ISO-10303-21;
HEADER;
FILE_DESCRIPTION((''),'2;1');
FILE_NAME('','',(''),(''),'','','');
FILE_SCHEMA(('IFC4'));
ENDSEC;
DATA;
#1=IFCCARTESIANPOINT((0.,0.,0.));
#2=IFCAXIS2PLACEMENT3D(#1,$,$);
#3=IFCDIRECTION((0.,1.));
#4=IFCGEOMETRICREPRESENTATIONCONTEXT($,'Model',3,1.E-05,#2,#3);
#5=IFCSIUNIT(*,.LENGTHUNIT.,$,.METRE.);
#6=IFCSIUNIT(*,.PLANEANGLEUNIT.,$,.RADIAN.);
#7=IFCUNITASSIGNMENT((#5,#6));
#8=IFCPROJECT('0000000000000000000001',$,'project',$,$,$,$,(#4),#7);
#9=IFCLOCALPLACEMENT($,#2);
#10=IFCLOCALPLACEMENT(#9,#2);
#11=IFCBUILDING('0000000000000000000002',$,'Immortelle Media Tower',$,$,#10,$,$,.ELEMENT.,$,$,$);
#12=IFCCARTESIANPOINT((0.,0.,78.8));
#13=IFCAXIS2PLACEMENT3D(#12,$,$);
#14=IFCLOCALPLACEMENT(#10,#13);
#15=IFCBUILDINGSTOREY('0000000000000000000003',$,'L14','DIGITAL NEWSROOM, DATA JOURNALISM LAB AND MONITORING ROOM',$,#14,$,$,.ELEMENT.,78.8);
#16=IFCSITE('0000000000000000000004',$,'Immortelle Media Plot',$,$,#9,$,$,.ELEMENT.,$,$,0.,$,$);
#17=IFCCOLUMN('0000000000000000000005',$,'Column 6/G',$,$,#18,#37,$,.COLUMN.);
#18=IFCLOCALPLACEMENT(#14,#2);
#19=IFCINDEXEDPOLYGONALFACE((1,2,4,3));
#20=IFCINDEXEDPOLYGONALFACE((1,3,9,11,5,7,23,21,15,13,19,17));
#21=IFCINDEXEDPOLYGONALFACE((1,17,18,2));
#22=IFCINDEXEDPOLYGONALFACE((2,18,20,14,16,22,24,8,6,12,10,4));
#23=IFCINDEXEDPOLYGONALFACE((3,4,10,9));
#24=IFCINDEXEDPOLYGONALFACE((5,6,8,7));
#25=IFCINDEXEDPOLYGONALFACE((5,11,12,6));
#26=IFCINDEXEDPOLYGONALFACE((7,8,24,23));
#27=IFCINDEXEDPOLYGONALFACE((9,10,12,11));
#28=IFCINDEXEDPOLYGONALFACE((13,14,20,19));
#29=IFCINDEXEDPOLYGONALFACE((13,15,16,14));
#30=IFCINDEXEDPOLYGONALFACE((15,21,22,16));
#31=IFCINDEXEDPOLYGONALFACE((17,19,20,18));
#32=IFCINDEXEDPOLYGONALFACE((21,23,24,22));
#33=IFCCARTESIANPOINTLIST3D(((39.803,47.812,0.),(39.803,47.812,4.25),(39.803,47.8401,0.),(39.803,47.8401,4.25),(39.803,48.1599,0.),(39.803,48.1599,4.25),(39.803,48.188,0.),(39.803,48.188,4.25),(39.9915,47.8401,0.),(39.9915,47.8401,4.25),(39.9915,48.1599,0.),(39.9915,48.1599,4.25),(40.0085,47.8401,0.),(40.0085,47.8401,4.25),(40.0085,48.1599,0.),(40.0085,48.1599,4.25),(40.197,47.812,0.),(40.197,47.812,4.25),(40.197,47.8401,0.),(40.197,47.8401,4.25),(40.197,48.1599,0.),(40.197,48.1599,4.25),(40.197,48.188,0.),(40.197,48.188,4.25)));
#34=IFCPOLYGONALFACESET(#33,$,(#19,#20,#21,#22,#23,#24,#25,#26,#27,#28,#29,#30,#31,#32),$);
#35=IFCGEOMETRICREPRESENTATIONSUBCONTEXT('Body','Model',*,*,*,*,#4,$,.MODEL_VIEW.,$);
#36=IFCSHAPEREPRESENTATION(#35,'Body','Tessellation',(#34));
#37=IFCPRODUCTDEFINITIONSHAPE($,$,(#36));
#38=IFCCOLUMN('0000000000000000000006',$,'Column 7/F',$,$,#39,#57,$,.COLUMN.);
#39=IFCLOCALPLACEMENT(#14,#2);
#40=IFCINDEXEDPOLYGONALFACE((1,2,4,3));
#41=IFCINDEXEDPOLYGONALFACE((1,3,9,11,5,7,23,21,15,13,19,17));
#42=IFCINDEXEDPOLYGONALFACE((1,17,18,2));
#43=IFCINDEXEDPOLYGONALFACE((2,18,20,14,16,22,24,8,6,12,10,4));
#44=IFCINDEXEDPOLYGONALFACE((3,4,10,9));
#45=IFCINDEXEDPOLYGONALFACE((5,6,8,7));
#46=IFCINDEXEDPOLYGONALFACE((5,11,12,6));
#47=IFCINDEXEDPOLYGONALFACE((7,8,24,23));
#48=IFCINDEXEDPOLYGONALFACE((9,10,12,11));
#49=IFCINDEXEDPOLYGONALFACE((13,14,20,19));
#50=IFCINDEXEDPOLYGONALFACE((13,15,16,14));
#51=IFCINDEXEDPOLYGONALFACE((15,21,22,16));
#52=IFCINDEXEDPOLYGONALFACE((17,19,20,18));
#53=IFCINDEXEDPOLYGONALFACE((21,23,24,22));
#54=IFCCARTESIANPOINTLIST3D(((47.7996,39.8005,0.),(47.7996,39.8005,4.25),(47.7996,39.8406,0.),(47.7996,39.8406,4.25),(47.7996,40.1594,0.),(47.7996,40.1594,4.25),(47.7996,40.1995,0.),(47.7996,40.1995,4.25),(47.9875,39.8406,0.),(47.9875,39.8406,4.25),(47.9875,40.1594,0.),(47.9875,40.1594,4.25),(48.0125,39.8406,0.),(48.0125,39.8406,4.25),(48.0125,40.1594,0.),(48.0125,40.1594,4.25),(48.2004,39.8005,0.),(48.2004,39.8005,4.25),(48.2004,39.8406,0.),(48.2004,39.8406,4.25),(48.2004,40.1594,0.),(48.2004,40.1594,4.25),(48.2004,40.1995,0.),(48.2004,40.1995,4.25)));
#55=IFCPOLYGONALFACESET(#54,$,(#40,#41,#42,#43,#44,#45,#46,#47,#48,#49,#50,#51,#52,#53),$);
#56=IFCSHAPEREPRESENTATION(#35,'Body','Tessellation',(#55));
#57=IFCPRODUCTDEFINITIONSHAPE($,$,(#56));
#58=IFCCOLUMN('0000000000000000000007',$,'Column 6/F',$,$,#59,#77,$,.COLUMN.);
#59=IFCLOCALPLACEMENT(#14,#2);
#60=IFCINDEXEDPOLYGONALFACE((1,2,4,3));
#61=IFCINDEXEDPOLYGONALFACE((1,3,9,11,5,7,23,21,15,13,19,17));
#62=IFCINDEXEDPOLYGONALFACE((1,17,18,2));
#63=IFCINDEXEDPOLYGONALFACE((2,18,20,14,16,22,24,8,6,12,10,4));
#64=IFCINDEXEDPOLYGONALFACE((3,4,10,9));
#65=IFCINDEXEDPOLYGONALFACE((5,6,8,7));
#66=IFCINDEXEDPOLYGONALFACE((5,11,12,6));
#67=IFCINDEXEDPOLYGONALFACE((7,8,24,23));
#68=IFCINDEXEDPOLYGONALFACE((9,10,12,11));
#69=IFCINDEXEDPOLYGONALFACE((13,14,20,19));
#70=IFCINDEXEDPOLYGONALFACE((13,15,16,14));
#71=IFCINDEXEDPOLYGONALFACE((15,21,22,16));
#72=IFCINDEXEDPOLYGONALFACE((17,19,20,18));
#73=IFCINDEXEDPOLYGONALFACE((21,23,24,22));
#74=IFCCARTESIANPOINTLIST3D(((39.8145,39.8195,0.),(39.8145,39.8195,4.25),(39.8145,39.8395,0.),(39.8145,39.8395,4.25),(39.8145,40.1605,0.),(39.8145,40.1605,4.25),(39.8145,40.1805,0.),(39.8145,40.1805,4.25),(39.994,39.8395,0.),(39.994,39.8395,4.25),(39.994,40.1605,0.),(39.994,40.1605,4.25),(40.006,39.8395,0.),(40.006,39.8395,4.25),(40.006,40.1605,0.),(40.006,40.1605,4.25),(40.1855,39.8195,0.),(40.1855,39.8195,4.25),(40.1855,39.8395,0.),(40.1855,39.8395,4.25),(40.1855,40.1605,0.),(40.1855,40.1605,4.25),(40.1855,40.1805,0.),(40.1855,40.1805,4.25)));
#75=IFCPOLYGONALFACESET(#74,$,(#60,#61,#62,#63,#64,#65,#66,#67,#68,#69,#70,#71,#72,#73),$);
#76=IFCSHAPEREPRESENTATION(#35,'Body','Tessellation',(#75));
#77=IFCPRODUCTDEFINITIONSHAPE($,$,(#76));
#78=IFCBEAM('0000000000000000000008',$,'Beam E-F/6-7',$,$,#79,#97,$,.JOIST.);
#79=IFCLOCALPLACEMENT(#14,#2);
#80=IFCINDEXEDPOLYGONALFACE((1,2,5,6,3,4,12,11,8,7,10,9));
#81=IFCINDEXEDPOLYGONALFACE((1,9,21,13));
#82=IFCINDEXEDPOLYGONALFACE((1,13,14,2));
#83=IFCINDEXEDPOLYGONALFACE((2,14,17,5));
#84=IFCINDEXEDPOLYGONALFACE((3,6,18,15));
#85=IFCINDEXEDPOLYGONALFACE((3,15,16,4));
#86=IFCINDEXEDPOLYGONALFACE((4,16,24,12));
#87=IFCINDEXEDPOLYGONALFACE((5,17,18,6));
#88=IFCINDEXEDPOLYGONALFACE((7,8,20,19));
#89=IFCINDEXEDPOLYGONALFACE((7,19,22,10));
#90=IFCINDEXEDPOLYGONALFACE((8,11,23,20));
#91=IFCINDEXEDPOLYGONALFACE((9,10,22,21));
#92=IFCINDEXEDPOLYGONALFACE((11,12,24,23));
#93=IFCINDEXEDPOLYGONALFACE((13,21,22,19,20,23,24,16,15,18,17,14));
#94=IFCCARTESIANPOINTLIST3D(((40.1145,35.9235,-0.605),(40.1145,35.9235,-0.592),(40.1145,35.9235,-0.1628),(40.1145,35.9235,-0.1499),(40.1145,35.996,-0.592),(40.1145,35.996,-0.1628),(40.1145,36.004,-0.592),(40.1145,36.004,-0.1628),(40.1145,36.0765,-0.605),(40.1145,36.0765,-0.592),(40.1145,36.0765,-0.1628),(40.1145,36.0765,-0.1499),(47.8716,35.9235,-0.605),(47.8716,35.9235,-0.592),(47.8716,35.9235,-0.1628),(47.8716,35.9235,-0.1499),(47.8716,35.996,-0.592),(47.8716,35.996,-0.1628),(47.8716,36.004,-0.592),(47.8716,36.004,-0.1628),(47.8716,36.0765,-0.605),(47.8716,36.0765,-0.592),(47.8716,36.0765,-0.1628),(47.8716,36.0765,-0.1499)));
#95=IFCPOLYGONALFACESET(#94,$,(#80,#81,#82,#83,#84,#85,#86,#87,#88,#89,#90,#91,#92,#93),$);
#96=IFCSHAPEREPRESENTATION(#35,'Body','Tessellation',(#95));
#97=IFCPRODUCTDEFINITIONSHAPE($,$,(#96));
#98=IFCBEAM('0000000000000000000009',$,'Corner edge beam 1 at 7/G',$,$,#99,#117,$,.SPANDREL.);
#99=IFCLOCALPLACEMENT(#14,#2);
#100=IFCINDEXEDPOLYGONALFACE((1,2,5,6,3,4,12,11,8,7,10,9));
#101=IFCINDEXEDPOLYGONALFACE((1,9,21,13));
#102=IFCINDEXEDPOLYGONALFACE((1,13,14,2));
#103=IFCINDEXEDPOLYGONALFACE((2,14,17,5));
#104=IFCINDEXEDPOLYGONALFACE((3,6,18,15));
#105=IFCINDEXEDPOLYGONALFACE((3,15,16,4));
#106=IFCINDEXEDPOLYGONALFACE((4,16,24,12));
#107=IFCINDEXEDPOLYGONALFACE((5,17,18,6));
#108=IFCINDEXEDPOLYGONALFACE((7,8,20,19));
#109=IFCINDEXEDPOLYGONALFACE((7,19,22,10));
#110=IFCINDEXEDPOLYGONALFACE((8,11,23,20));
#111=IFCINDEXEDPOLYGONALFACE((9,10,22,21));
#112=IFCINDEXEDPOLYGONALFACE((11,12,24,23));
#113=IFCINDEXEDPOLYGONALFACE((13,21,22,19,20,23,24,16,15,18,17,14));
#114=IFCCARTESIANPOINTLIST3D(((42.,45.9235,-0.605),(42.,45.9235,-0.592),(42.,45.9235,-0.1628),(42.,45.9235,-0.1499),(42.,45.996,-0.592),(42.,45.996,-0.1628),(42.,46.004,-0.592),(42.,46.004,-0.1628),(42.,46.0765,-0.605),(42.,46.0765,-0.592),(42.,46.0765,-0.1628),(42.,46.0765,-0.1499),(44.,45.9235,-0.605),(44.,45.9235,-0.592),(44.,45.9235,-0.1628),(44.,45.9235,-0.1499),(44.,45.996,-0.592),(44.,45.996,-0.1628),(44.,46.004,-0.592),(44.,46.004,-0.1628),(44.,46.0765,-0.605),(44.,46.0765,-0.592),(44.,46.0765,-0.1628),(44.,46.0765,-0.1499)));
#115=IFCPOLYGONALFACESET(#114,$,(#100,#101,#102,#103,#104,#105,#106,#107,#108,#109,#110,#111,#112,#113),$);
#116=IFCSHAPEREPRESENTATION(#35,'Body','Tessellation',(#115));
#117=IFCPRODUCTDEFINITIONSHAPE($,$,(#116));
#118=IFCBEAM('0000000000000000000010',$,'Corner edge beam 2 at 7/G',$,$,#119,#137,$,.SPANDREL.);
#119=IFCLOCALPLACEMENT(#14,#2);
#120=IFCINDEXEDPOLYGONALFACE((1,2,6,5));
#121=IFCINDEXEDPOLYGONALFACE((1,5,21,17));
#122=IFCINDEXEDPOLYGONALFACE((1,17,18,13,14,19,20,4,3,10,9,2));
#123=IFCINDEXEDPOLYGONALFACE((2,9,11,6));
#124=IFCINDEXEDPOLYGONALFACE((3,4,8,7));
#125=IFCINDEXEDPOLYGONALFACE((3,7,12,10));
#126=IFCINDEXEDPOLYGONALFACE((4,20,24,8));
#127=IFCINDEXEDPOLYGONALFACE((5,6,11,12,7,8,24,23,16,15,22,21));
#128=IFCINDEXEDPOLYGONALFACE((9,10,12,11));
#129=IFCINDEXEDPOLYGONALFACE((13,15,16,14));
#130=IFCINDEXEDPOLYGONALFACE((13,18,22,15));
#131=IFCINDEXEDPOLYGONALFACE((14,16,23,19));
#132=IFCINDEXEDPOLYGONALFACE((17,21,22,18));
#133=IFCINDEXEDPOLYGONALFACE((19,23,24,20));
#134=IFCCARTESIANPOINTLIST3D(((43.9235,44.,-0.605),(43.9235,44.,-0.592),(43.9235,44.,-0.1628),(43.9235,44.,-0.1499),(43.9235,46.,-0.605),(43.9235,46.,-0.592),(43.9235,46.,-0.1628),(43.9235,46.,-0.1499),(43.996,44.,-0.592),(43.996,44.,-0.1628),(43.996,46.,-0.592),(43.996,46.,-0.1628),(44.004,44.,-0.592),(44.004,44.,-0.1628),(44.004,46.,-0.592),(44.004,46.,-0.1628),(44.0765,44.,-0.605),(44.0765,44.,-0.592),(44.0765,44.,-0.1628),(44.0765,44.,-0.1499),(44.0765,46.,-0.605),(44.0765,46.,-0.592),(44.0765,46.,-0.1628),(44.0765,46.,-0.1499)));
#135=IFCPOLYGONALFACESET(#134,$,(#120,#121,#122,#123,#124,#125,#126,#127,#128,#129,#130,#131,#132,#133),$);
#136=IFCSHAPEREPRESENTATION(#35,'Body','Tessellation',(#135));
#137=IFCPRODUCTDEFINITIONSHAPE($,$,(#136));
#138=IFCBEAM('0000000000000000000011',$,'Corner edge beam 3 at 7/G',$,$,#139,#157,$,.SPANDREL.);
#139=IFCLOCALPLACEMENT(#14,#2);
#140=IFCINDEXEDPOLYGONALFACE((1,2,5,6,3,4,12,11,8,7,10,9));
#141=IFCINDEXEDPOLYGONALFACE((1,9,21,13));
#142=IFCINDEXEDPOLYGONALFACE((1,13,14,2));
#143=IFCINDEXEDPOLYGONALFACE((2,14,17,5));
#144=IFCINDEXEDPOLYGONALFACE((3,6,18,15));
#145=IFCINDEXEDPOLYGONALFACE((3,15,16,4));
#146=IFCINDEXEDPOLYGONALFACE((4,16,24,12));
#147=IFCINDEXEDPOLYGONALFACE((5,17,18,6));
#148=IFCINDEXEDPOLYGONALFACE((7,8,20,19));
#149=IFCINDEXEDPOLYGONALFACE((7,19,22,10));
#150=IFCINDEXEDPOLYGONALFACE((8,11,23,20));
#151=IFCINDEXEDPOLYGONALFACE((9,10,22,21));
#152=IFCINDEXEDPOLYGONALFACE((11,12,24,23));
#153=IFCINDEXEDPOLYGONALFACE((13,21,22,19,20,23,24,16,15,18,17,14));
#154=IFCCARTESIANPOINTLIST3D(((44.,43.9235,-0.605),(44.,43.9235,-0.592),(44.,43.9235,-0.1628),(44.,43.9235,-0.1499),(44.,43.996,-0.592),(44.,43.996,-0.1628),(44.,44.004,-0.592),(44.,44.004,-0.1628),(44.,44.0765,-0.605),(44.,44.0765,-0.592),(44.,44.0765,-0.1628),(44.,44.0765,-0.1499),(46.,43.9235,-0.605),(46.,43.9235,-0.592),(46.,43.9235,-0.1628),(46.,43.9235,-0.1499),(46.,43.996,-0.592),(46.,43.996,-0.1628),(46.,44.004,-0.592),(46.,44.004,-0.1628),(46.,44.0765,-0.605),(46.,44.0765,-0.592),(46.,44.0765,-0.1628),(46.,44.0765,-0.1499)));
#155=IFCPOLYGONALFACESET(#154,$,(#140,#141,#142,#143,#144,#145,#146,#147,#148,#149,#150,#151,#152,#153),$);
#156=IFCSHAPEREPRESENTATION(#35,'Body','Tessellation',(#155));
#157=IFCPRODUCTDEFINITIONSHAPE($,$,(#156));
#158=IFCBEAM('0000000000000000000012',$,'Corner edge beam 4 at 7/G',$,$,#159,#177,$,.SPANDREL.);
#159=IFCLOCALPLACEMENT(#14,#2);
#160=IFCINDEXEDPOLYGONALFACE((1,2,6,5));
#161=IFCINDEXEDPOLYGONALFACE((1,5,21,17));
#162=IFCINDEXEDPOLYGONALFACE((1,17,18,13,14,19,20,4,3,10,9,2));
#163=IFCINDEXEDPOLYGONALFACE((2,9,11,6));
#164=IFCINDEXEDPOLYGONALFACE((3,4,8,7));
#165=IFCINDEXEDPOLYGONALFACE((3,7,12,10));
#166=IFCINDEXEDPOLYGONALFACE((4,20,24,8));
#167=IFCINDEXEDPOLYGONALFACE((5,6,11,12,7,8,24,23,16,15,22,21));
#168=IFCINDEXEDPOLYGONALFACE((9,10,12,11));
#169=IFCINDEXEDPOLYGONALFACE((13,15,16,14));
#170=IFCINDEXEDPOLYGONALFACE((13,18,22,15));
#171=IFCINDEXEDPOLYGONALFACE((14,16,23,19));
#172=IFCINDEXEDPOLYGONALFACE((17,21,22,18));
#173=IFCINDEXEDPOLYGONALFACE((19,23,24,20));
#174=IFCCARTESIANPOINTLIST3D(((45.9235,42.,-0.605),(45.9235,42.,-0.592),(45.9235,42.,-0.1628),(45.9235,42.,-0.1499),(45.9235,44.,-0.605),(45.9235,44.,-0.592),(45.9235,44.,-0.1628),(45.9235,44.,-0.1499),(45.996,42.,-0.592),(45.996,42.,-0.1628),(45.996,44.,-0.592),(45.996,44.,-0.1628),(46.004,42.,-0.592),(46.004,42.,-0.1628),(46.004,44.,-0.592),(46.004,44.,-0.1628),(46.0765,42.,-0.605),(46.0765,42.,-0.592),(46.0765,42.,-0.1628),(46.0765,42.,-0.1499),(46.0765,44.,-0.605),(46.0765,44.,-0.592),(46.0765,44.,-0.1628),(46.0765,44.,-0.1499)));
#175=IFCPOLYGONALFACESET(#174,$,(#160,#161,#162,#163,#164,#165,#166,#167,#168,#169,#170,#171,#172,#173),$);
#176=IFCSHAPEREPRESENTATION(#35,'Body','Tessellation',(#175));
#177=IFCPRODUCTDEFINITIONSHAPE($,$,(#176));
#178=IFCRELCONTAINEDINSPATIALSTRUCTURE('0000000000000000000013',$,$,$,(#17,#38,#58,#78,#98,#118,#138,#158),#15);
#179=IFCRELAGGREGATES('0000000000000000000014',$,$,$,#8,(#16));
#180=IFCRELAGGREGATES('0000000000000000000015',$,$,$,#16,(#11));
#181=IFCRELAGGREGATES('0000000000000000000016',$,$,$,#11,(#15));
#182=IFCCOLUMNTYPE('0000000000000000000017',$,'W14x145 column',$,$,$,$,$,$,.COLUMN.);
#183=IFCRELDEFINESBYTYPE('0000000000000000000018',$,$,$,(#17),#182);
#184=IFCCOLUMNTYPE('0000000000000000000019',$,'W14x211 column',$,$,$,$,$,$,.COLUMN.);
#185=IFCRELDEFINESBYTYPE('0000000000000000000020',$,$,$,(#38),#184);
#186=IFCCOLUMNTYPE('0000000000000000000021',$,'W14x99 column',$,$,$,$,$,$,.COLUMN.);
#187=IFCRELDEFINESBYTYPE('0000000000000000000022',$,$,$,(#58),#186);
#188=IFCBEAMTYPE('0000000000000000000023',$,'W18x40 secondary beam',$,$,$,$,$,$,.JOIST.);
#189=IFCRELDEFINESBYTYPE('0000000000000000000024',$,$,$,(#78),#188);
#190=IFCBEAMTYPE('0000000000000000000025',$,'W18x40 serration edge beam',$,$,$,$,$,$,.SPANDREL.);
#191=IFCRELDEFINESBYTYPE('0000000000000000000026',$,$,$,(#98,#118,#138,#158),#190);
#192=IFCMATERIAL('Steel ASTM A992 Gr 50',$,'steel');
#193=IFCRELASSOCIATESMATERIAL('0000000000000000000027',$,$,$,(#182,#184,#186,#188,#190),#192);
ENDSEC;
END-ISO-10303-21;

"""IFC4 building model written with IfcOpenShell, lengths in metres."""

from ifc_helpers import new_model, si_unit, direction, frame, origin, origin_2d, place, context, subcontext, project, spatial, i_section, extrude, material, material_profile, profile_set, type_object, element, save


model = new_model("IFC4")

# Units and contexts
model_context = context("Model", 3, precision=1e-05, world=origin(), true_north=direction((0.0, 1.0)))
body_context = subcontext(model_context, "Body", "Model", "MODEL_VIEW")
ifc_project = project(units=[si_unit("LENGTHUNIT", "METRE"), si_unit("PLANEANGLEUNIT", "RADIAN")], contexts=[model_context])

# Site, building, storey
site_placement = place(None, origin())
site = spatial("IfcSite", under=ifc_project, at=site_placement, Name="Immortelle Media Plot", CompositionType="ELEMENT", RefElevation=0.0)
building_placement = place(site_placement, origin())
building = spatial("IfcBuilding", under=site, at=building_placement, Name="Immortelle Media Tower", CompositionType="ELEMENT")
storey_placement = place(building_placement, frame((0.0, 0.0, 78.8)))
storey = spatial("IfcBuildingStorey", under=building, at=storey_placement, Name="L14", Description="DIGITAL NEWSROOM, DATA JOURNALISM LAB AND MONITORING ROOM", CompositionType="ELEMENT", Elevation=78.8)

# Columns
ifc_material_1 = material(Name="Steel ASTM A992 Gr 50", Category="steel")
ifc_material_profile_1 = material_profile(ifc_material_1, i_section(OverallWidth=0.394, OverallDepth=0.376, WebThickness=0.0171, FlangeThickness=0.0281, at=origin_2d()), Name="W14x145")
ifc_profile_set_1 = profile_set([ifc_material_profile_1], Name="Steel ASTM A992 Gr 50")
column_type_1 = type_object("IfcColumnType", Name="W14x145 column", PredefinedType="COLUMN", material=ifc_profile_set_1)
column_1_placement = place(storey_placement, frame((40.0, 48.0, 0.0), z_axis=(0.0, 0.0, 1.0), x_axis=(1.0, 0.0, 0.0)))
element("IfcColumn", 1, at=column_1_placement, inside=storey, type_object=column_type_1, Name="Column 6/G", PredefinedType="COLUMN", context=body_context, shape_type="SweptSolid", body=[
    extrude(i_section(OverallWidth=0.394, OverallDepth=0.376, WebThickness=0.0171, FlangeThickness=0.0281, at=origin_2d()), origin(), (0.0, 0.0, 1.0), 4.25),
])
ifc_material_profile_2 = material_profile(ifc_material_1, i_section(OverallWidth=0.4009, OverallDepth=0.3989, WebThickness=0.0249, FlangeThickness=0.04, at=origin_2d()), Name="W14x211")
ifc_profile_set_2 = profile_set([ifc_material_profile_2], Name="Steel ASTM A992 Gr 50")
column_type_2 = type_object("IfcColumnType", Name="W14x211 column", PredefinedType="COLUMN", material=ifc_profile_set_2)
column_2_placement = place(storey_placement, frame((48.0, 40.0, 0.0), z_axis=(0.0, 0.0, 1.0), x_axis=(1.0, 0.0, 0.0)))
element("IfcColumn", 2, at=column_2_placement, inside=storey, type_object=column_type_2, Name="Column 7/F", PredefinedType="COLUMN", context=body_context, shape_type="SweptSolid", body=[
    extrude(i_section(OverallWidth=0.4009, OverallDepth=0.3989, WebThickness=0.0249, FlangeThickness=0.04, at=origin_2d()), origin(), (0.0, 0.0, 1.0), 4.25),
])
ifc_material_profile_3 = material_profile(ifc_material_1, i_section(OverallWidth=0.3711, OverallDepth=0.3611, WebThickness=0.012, FlangeThickness=0.02, at=origin_2d()), Name="W14x99")
ifc_profile_set_3 = profile_set([ifc_material_profile_3], Name="Steel ASTM A992 Gr 50")
column_type_3 = type_object("IfcColumnType", Name="W14x99 column", PredefinedType="COLUMN", material=ifc_profile_set_3)
column_3_placement = place(storey_placement, frame((40.0, 40.0, 0.0), z_axis=(0.0, 0.0, 1.0), x_axis=(1.0, 0.0, 0.0)))
element("IfcColumn", 3, at=column_3_placement, inside=storey, type_object=column_type_3, Name="Column 6/F", PredefinedType="COLUMN", context=body_context, shape_type="SweptSolid", body=[
    extrude(i_section(OverallWidth=0.3711, OverallDepth=0.3611, WebThickness=0.012, FlangeThickness=0.02, at=origin_2d()), origin(), (0.0, 0.0, 1.0), 4.25),
])

# Beams
ifc_material_profile_4 = material_profile(ifc_material_1, i_section(OverallWidth=0.1531, OverallDepth=0.4551, WebThickness=0.0081, FlangeThickness=0.0129, at=origin_2d()), Name="W18x40")
ifc_profile_set_4 = profile_set([ifc_material_profile_4], Name="Steel ASTM A992 Gr 50")
beam_type_1 = type_object("IfcBeamType", Name="W18x40 secondary beam", PredefinedType="JOIST", material=ifc_profile_set_4)
beam_1_placement = place(storey_placement, frame((40.1145, 36.0, -0.3774), z_axis=(1.0, 0.0, 0.0), x_axis=(0.0, 1.0, 0.0)))
element("IfcBeam", 4, at=beam_1_placement, inside=storey, type_object=beam_type_1, Name="Beam E-F/6-7", PredefinedType="JOIST", context=body_context, shape_type="SweptSolid", body=[
    extrude(i_section(OverallWidth=0.1531, OverallDepth=0.4551, WebThickness=0.0081, FlangeThickness=0.0129, at=origin_2d()), origin(), (0.0, 0.0, 1.0), 7.7571),
])
ifc_material_profile_5 = material_profile(ifc_material_1, i_section(OverallWidth=0.1531, OverallDepth=0.4551, WebThickness=0.0081, FlangeThickness=0.0129, at=origin_2d()), Name="W18x40")
ifc_profile_set_5 = profile_set([ifc_material_profile_5], Name="Steel ASTM A992 Gr 50")
beam_type_2 = type_object("IfcBeamType", Name="W18x40 serration edge beam", PredefinedType="SPANDREL", material=ifc_profile_set_5)
for number, where, z_axis, x_axis, name in (
    (5, (42.0, 46.0, -0.3774), (1.0, 0.0, 0.0), (0.0, 1.0, 0.0), "Corner edge beam 1 at 7/G"),
    (6, (44.0, 46.0, -0.3774), (0.0, -1.0, 0.0), (1.0, 0.0, 0.0), "Corner edge beam 2 at 7/G"),
    (7, (44.0, 44.0, -0.3774), (1.0, 0.0, 0.0), (0.0, 1.0, 0.0), "Corner edge beam 3 at 7/G"),
    (8, (46.0, 44.0, -0.3774), (0.0, -1.0, 0.0), (1.0, 0.0, 0.0), "Corner edge beam 4 at 7/G"),
):
    element("IfcBeam", number, at=place(storey_placement, frame(where, z_axis=z_axis, x_axis=x_axis)), inside=storey, type_object=beam_type_2, Name=name, PredefinedType="SPANDREL", context=body_context, shape_type="SweptSolid", body=[
        extrude(i_section(OverallWidth=0.1531, OverallDepth=0.4551, WebThickness=0.0081, FlangeThickness=0.0129, at=origin_2d()), origin(), (0.0, 0.0, 1.0), 2.0),
    ])

save(model, "model.ifc")
